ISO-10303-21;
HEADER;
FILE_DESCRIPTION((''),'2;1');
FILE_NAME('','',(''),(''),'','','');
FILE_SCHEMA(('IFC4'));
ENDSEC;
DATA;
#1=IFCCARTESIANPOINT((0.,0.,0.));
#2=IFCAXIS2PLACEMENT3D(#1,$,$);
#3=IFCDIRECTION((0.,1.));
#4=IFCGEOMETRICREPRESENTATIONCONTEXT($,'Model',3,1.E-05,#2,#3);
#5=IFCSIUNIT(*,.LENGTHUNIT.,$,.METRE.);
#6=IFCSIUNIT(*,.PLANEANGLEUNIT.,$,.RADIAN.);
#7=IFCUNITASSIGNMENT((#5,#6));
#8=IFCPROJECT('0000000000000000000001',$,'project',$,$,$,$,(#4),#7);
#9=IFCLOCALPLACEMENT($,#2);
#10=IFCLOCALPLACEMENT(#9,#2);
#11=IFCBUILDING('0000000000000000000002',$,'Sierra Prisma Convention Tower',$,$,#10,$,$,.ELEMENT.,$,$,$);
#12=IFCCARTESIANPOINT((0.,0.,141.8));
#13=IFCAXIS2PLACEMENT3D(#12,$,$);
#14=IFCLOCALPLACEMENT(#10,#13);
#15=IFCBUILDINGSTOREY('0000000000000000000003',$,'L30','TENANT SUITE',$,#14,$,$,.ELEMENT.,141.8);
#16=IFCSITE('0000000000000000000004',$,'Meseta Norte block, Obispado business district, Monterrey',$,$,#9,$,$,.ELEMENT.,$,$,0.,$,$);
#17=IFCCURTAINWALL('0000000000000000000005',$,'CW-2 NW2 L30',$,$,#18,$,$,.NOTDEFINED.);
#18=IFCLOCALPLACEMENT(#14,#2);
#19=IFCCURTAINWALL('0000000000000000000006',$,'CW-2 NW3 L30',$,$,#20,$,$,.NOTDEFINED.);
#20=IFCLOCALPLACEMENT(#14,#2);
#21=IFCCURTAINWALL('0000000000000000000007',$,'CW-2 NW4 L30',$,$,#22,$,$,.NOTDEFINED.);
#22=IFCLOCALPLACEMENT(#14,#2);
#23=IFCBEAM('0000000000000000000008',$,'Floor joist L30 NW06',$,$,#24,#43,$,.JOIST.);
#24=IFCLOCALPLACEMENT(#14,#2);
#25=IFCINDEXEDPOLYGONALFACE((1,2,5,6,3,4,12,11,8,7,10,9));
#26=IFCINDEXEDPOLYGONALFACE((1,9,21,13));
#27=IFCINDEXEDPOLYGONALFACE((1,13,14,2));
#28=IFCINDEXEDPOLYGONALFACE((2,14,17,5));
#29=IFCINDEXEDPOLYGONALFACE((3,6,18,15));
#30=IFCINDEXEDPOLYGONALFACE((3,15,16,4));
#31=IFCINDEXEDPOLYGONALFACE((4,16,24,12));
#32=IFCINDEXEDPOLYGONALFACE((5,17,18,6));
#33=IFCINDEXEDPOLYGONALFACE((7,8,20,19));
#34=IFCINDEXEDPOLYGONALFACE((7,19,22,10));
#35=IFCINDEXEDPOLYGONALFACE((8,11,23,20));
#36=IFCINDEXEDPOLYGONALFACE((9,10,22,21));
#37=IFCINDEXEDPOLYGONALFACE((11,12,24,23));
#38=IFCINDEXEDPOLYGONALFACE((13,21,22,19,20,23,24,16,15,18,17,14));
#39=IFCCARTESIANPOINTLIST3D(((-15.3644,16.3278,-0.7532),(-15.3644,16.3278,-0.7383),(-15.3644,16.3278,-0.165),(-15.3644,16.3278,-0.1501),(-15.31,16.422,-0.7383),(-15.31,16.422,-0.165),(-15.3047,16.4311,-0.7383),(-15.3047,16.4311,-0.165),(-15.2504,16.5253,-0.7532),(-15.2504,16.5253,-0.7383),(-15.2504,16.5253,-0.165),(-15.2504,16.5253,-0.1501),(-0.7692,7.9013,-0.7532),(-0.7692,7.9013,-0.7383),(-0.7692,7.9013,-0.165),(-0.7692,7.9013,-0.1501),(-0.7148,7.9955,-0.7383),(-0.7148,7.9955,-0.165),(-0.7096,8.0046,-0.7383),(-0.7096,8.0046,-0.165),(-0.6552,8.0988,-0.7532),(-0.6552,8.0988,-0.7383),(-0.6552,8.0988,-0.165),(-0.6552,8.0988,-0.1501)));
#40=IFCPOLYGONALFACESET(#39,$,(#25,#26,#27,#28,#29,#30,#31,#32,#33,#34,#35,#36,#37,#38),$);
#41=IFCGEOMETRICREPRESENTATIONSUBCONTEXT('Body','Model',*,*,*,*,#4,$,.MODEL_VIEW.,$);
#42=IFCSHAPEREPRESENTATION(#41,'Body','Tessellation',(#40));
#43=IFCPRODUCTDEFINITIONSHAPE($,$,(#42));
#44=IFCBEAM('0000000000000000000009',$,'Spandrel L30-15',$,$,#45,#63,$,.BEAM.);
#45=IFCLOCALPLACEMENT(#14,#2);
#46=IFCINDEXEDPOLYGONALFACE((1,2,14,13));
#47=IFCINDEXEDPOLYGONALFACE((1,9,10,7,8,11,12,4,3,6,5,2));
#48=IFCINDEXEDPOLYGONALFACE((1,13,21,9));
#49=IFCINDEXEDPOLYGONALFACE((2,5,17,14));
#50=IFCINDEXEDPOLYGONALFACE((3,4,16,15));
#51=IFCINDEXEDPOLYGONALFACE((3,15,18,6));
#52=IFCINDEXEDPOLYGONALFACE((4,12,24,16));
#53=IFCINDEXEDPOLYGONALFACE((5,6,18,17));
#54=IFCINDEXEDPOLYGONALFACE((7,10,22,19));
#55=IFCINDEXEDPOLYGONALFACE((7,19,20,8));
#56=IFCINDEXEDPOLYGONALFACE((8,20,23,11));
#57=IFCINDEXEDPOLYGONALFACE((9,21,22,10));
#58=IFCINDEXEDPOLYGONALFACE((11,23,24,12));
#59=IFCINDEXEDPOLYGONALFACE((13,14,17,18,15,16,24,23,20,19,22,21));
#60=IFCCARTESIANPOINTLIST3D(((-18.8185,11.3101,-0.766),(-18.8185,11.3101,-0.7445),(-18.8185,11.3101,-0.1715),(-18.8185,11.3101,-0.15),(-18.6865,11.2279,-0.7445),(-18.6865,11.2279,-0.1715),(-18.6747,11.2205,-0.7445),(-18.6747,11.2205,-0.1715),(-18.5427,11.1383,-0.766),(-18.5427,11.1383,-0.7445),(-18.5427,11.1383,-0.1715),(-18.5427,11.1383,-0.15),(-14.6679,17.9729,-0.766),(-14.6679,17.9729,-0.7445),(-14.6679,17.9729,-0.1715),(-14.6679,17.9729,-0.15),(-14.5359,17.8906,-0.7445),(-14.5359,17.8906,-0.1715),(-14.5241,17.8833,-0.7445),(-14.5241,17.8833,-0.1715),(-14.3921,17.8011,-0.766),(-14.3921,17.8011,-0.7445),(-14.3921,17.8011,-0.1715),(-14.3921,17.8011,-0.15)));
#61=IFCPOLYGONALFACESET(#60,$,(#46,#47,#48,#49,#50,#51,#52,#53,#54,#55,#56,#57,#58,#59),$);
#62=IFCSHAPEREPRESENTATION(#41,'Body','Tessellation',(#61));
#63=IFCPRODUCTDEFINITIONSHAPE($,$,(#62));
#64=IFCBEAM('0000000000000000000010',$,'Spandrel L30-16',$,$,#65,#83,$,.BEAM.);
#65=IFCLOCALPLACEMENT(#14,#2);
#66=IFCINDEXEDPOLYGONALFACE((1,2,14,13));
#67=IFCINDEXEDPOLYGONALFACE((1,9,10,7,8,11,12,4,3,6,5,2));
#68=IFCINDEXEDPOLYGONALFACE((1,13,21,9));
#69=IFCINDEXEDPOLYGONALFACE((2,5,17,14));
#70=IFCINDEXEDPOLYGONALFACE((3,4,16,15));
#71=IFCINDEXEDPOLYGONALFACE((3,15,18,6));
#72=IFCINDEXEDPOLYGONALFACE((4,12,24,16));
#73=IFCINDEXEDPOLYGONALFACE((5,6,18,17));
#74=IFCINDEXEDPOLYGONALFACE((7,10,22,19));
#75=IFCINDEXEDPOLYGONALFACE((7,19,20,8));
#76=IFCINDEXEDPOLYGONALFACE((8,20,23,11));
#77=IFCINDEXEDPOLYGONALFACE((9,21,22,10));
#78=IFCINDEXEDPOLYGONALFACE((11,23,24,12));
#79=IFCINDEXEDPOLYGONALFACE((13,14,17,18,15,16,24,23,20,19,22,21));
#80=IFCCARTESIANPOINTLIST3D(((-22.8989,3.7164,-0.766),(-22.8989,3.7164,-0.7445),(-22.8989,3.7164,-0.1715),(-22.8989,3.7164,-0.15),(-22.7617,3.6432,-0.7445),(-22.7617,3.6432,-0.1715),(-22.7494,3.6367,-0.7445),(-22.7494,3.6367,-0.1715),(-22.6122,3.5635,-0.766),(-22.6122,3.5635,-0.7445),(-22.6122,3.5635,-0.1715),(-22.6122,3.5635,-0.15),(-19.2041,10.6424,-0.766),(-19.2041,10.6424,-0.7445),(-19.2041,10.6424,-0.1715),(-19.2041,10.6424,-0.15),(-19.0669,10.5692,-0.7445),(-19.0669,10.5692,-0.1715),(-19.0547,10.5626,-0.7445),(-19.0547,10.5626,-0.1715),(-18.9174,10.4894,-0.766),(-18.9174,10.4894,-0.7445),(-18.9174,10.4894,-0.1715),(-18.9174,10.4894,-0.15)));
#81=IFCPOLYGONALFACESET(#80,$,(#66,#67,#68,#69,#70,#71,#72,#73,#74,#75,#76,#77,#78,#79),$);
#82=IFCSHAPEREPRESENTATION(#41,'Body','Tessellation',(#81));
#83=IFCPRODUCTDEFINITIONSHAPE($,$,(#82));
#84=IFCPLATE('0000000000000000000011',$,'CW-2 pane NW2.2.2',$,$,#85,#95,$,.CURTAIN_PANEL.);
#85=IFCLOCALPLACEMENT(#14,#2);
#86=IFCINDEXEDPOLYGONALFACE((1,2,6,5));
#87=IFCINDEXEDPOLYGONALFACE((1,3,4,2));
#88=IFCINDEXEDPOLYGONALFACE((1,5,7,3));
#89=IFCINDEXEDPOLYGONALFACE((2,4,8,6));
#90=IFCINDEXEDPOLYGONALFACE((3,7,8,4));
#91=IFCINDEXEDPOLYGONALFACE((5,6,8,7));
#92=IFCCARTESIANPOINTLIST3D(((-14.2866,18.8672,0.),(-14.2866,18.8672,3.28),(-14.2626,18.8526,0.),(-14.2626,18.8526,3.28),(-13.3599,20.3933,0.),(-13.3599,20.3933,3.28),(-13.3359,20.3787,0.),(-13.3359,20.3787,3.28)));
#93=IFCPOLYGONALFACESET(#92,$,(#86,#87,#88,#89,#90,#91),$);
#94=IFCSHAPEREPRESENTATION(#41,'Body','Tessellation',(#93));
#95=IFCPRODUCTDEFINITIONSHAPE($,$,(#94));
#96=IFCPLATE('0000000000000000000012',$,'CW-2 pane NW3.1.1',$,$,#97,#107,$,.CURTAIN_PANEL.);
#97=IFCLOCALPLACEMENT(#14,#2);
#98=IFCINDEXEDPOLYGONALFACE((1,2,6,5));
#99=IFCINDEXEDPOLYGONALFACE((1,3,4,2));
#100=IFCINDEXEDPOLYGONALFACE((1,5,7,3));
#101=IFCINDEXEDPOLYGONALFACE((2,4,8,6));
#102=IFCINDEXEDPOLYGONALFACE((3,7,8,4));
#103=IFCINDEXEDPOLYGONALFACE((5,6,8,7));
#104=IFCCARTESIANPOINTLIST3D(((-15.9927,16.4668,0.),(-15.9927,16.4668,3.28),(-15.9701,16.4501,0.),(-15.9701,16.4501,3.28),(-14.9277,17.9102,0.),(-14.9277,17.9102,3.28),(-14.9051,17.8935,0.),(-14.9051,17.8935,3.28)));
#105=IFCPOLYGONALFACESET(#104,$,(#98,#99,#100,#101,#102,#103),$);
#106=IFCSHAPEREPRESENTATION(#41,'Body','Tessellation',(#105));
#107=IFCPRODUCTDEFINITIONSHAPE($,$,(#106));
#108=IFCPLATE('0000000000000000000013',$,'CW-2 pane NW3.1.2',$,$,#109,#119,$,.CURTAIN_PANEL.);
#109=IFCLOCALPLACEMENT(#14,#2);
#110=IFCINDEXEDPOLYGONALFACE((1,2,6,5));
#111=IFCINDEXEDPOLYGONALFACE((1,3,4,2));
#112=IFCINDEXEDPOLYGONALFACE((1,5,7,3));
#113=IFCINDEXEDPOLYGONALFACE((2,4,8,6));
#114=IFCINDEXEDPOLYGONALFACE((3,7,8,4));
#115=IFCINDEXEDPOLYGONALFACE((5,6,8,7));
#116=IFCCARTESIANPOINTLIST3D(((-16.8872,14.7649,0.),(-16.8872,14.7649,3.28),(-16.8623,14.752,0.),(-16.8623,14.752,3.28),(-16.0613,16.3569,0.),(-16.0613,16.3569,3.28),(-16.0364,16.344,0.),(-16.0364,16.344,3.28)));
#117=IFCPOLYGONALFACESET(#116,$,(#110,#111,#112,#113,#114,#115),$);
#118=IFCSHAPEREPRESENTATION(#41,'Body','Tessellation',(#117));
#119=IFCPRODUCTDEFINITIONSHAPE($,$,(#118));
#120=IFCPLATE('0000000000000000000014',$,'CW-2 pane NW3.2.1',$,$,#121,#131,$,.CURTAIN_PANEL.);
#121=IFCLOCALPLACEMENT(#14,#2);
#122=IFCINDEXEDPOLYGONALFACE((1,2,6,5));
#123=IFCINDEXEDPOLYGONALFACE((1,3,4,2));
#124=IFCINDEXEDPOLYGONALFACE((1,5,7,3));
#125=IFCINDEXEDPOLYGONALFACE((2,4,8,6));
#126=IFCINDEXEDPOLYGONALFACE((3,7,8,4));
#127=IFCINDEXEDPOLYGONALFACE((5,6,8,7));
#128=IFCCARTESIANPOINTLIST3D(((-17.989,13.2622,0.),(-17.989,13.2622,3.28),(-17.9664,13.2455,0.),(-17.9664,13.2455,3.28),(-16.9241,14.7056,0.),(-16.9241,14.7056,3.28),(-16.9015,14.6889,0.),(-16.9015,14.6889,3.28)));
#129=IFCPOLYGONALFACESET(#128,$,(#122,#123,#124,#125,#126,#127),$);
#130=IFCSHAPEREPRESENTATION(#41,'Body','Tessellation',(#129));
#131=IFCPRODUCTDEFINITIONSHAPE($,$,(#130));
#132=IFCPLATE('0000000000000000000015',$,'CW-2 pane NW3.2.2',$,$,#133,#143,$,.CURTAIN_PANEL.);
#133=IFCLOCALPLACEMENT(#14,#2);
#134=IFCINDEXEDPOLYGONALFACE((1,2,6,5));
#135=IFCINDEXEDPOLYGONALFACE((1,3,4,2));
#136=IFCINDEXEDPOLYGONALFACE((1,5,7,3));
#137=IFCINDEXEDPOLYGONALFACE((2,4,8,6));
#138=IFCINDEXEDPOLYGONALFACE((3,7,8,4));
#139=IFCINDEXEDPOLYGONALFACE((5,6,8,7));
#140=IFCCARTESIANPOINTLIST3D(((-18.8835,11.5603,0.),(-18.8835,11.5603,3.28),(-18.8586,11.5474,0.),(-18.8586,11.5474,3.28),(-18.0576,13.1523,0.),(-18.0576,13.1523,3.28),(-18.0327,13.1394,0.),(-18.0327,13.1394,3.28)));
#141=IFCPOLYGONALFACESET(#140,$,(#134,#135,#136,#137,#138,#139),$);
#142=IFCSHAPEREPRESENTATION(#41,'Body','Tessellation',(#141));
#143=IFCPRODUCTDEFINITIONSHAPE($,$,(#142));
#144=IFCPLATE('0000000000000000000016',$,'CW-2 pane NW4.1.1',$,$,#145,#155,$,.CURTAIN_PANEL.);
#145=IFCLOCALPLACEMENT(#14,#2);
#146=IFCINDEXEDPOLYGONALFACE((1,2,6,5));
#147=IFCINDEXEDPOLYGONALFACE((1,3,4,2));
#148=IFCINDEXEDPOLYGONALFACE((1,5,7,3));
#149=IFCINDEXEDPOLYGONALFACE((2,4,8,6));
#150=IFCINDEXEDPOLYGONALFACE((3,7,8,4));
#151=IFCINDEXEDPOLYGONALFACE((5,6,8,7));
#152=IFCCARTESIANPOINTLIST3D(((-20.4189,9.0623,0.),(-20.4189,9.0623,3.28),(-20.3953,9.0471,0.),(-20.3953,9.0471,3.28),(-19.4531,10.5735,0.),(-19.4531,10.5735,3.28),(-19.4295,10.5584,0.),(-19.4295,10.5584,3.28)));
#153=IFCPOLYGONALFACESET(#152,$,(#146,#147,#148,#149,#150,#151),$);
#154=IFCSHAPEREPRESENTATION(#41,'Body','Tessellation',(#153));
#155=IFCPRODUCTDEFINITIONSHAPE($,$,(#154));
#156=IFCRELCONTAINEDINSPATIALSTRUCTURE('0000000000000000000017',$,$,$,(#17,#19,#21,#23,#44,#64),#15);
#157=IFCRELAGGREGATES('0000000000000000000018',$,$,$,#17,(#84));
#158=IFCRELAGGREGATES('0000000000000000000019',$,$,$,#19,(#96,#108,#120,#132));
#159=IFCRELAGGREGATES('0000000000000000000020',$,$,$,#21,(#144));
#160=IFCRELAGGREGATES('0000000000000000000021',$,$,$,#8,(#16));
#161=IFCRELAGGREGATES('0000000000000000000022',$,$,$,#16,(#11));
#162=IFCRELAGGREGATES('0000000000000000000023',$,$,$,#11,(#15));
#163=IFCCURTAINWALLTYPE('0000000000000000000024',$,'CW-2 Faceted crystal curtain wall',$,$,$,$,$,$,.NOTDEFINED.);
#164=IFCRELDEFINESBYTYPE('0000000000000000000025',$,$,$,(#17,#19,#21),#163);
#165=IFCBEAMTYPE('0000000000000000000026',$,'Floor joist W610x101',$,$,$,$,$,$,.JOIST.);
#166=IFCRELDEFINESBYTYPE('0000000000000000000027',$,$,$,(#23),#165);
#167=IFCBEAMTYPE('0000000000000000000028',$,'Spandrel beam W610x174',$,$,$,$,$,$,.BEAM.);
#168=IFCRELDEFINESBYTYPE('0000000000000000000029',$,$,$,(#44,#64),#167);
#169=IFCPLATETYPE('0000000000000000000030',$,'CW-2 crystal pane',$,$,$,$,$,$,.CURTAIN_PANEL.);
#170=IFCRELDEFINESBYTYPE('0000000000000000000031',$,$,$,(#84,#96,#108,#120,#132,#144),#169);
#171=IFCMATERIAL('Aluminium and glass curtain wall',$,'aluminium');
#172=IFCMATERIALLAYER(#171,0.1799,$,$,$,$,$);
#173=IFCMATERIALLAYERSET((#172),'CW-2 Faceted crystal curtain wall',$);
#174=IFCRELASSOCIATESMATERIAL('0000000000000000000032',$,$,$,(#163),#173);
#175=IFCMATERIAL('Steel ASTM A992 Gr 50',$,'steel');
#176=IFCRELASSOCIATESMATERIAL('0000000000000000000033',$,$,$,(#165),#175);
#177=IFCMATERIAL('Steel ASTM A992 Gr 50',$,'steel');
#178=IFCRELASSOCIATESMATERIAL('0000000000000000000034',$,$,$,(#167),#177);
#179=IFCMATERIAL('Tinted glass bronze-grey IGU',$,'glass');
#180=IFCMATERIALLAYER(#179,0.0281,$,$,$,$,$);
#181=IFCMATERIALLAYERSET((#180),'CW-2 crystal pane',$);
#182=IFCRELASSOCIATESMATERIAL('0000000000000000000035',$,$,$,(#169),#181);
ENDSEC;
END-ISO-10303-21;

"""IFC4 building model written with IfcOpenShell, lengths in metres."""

from ifc_helpers import new_model, si_unit, direction, frame, origin, origin_2d, place, context, subcontext, project, spatial, polyline, i_section, outline, extrude, material, layer, layer_set, material_profile, profile_set, type_object, element, aggregate, save


model = new_model("IFC4")

# Units and contexts
model_context = context("Model", 3, precision=1e-05, world=origin(), true_north=direction((0.0, 1.0)))
body_context = subcontext(model_context, "Body", "Model", "MODEL_VIEW")
ifc_project = project(units=[si_unit("LENGTHUNIT", "METRE"), si_unit("PLANEANGLEUNIT", "RADIAN")], contexts=[model_context])

# Site, building, storey
site_placement = place(None, origin())
site = spatial("IfcSite", under=ifc_project, at=site_placement, Name="Meseta Norte block, Obispado business district, Monterrey", CompositionType="ELEMENT", RefElevation=0.0)
building_placement = place(site_placement, origin())
building = spatial("IfcBuilding", under=site, at=building_placement, Name="Sierra Prisma Convention Tower", CompositionType="ELEMENT")
storey_placement = place(building_placement, frame((0.0, 0.0, 141.8)))
storey = spatial("IfcBuildingStorey", under=building, at=storey_placement, Name="L30", Description="TENANT SUITE", CompositionType="ELEMENT", Elevation=141.8)

# Curtain wall
ifc_material_1 = material(Name="Aluminium and glass curtain wall", Category="aluminium")
ifc_layer_1 = layer(ifc_material_1, 0.1799)
ifc_layer_set_1 = layer_set([ifc_layer_1], Name="CW-2 Faceted crystal curtain wall")
curtain_wall_type = type_object("IfcCurtainWallType", Name="CW-2 Faceted crystal curtain wall", PredefinedType="NOTDEFINED", material=ifc_layer_set_1)
curtain_wall_1_placement = place(storey_placement, origin())
curtain_wall_1 = element("IfcCurtainWall", 1, at=curtain_wall_1_placement, inside=storey, type_object=curtain_wall_type, Name="CW-2 NW2 L30", PredefinedType="NOTDEFINED")

# Curtain wall
curtain_wall_2_placement = place(storey_placement, origin())
curtain_wall_2 = element("IfcCurtainWall", 2, at=curtain_wall_2_placement, inside=storey, type_object=curtain_wall_type, Name="CW-2 NW3 L30", PredefinedType="NOTDEFINED")

# Curtain wall
curtain_wall_3_placement = place(storey_placement, origin())
curtain_wall_3 = element("IfcCurtainWall", 3, at=curtain_wall_3_placement, inside=storey, type_object=curtain_wall_type, Name="CW-2 NW4 L30", PredefinedType="NOTDEFINED")

# Beams
ifc_material_2 = material(Name="Steel ASTM A992 Gr 50", Category="steel")
ifc_material_profile_1 = material_profile(ifc_material_2, i_section(OverallWidth=0.228, OverallDepth=0.603, WebThickness=0.0105, FlangeThickness=0.0149, at=origin_2d()), Name="W610x101")
ifc_profile_set_1 = profile_set([ifc_material_profile_1], Name="Steel ASTM A992 Gr 50")
beam_type_1 = type_object("IfcBeamType", Name="Floor joist W610x101", PredefinedType="JOIST", material=ifc_profile_set_1)
beam_1_placement = place(storey_placement, frame((-15.3074, 16.4265, -0.4517), z_axis=(0.866026, -0.499998, 0.0), x_axis=(0.499998, 0.866026, 0.0)))
element("IfcBeam", 4, at=beam_1_placement, inside=storey, type_object=beam_type_1, Name="Floor joist L30 NW06", PredefinedType="JOIST", context=body_context, shape_type="SweptSolid", body=[
    extrude(i_section(OverallWidth=0.228, OverallDepth=0.603, WebThickness=0.0105, FlangeThickness=0.0149, at=origin_2d()), origin(), (0.0, 0.0, 1.0), 16.853),
])
ifc_material_3 = material(Name="Steel ASTM A992 Gr 50", Category="steel")
ifc_material_profile_2 = material_profile(ifc_material_3, i_section(OverallWidth=0.325, OverallDepth=0.616, WebThickness=0.0139, FlangeThickness=0.0215, at=origin_2d()), Name="W610x174")
ifc_profile_set_2 = profile_set([ifc_material_profile_2], Name="Steel ASTM A992 Gr 50")
beam_type_2 = type_object("IfcBeamType", Name="Spandrel beam W610x174", PredefinedType="BEAM", material=ifc_profile_set_2)
for number, where, z_axis, x_axis, name in (
    (5, (-14.53, 17.887, -0.458), (-0.528749, -0.848778, 0.0), (0.848778, -0.528749, 0.0), "Spandrel L30-15"),
    (6, (-19.0608, 10.5659, -0.458), (-0.470682, -0.882303, 0.0), (0.882303, -0.470682, 0.0), "Spandrel L30-16"),
):
    element("IfcBeam", number, at=place(storey_placement, frame(where, z_axis=z_axis, x_axis=x_axis)), inside=storey, type_object=beam_type_2, Name=name, PredefinedType="BEAM", context=body_context, shape_type="SweptSolid", body=[
        extrude(i_section(OverallWidth=0.325, OverallDepth=0.616, WebThickness=0.0139, FlangeThickness=0.0215, at=origin_2d()), origin(), (0.0, 0.0, 1.0), 7.8499),
    ])

# Plates
ifc_material_4 = material(Name="Tinted glass bronze-grey IGU", Category="glass")
ifc_layer_2 = layer(ifc_material_4, 0.0281)
ifc_layer_set_2 = layer_set([ifc_layer_2], Name="CW-2 crystal pane")
plate_type = type_object("IfcPlateType", Name="CW-2 crystal pane", PredefinedType="CURTAIN_PANEL", material=ifc_layer_set_2)
plate_1_placement = place(storey_placement, frame((-14.2866, 18.8672, 0.0), z_axis=(-0.854742, 0.519053, 0.0), x_axis=(0.519053, 0.854742, 0.0)))
plate_1 = element("IfcPlate", 7, at=plate_1_placement, type_object=plate_type, Name="CW-2 pane NW2.2.2", PredefinedType="CURTAIN_PANEL", context=body_context, shape_type="SweptSolid", body=[
    extrude(outline(polyline([(0.0, 0.0), (1.7855, 0.0), (1.7855, -3.28), (0.0, -3.28), (0.0, 0.0)])), origin(), (0.0, 0.0, -1.0), 0.0281),
])
aggregate(curtain_wall_1, [plate_1])
plate_2_placement = place(storey_placement, frame((-14.9277, 17.9102, 0.0), z_axis=(-0.804679, 0.59371, 0.0), x_axis=(-0.59371, -0.804679, 0.0)))
plate_2 = element("IfcPlate", 8, at=plate_2_placement, type_object=plate_type, Name="CW-2 pane NW3.1.1", PredefinedType="CURTAIN_PANEL", context=body_context, shape_type="SweptSolid", body=[
    extrude(outline(polyline([(0.0, 0.0), (1.7937, 0.0), (1.7937, 3.28), (0.0, 3.28), (0.0, 0.0)])), origin(), (0.0, 0.0, -1.0), 0.0281),
])
plate_3_placement = place(storey_placement, frame((-16.8872, 14.7649, 0.0), z_axis=(-0.887658, 0.460504, 0.0), x_axis=(0.460504, 0.887658, 0.0)))
plate_3 = element("IfcPlate", 9, at=plate_3_placement, type_object=plate_type, Name="CW-2 pane NW3.1.2", PredefinedType="CURTAIN_PANEL", context=body_context, shape_type="SweptSolid", body=[
    extrude(outline(polyline([(0.0, 0.0), (1.7935, 0.0), (1.7935, -3.28), (0.0, -3.28), (0.0, 0.0)])), origin(), (0.0, 0.0, -1.0), 0.0281),
])
plate_4_placement = place(storey_placement, frame((-16.9241, 14.7056, 0.0), z_axis=(-0.804679, 0.59371, 0.0), x_axis=(-0.59371, -0.804679, 0.0)))
plate_4 = element("IfcPlate", 10, at=plate_4_placement, type_object=plate_type, Name="CW-2 pane NW3.2.1", PredefinedType="CURTAIN_PANEL", context=body_context, shape_type="SweptSolid", body=[
    extrude(outline(polyline([(0.0, 0.0), (1.7937, 0.0), (1.7937, 3.28), (0.0, 3.28), (0.0, 0.0)])), origin(), (0.0, 0.0, -1.0), 0.0281),
])
plate_5_placement = place(storey_placement, frame((-18.8835, 11.5603, 0.0), z_axis=(-0.887658, 0.460504, 0.0), x_axis=(0.460504, 0.887658, 0.0)))
plate_5 = element("IfcPlate", 11, at=plate_5_placement, type_object=plate_type, Name="CW-2 pane NW3.2.2", PredefinedType="CURTAIN_PANEL", context=body_context, shape_type="SweptSolid", body=[
    extrude(outline(polyline([(0.0, 0.0), (1.7935, 0.0), (1.7935, -3.28), (0.0, -3.28), (0.0, 0.0)])), origin(), (0.0, 0.0, -1.0), 0.0281),
])
aggregate(curtain_wall_2, [plate_2, plate_3, plate_4, plate_5])
plate_6_placement = place(storey_placement, frame((-19.4531, 10.5735, 0.0), z_axis=(-0.842617, 0.538513, 0.0), x_axis=(-0.538513, -0.842617, 0.0)))
plate_6 = element("IfcPlate", 12, at=plate_6_placement, type_object=plate_type, Name="CW-2 pane NW4.1.1", PredefinedType="CURTAIN_PANEL", context=body_context, shape_type="SweptSolid", body=[
    extrude(outline(polyline([(0.0, 0.0), (1.7935, 0.0), (1.7935, 3.28), (0.0, 3.28), (0.0, 0.0)])), origin(), (0.0, 0.0, -1.0), 0.0281),
])
aggregate(curtain_wall_3, [plate_6])

save(model, "model.ifc")
